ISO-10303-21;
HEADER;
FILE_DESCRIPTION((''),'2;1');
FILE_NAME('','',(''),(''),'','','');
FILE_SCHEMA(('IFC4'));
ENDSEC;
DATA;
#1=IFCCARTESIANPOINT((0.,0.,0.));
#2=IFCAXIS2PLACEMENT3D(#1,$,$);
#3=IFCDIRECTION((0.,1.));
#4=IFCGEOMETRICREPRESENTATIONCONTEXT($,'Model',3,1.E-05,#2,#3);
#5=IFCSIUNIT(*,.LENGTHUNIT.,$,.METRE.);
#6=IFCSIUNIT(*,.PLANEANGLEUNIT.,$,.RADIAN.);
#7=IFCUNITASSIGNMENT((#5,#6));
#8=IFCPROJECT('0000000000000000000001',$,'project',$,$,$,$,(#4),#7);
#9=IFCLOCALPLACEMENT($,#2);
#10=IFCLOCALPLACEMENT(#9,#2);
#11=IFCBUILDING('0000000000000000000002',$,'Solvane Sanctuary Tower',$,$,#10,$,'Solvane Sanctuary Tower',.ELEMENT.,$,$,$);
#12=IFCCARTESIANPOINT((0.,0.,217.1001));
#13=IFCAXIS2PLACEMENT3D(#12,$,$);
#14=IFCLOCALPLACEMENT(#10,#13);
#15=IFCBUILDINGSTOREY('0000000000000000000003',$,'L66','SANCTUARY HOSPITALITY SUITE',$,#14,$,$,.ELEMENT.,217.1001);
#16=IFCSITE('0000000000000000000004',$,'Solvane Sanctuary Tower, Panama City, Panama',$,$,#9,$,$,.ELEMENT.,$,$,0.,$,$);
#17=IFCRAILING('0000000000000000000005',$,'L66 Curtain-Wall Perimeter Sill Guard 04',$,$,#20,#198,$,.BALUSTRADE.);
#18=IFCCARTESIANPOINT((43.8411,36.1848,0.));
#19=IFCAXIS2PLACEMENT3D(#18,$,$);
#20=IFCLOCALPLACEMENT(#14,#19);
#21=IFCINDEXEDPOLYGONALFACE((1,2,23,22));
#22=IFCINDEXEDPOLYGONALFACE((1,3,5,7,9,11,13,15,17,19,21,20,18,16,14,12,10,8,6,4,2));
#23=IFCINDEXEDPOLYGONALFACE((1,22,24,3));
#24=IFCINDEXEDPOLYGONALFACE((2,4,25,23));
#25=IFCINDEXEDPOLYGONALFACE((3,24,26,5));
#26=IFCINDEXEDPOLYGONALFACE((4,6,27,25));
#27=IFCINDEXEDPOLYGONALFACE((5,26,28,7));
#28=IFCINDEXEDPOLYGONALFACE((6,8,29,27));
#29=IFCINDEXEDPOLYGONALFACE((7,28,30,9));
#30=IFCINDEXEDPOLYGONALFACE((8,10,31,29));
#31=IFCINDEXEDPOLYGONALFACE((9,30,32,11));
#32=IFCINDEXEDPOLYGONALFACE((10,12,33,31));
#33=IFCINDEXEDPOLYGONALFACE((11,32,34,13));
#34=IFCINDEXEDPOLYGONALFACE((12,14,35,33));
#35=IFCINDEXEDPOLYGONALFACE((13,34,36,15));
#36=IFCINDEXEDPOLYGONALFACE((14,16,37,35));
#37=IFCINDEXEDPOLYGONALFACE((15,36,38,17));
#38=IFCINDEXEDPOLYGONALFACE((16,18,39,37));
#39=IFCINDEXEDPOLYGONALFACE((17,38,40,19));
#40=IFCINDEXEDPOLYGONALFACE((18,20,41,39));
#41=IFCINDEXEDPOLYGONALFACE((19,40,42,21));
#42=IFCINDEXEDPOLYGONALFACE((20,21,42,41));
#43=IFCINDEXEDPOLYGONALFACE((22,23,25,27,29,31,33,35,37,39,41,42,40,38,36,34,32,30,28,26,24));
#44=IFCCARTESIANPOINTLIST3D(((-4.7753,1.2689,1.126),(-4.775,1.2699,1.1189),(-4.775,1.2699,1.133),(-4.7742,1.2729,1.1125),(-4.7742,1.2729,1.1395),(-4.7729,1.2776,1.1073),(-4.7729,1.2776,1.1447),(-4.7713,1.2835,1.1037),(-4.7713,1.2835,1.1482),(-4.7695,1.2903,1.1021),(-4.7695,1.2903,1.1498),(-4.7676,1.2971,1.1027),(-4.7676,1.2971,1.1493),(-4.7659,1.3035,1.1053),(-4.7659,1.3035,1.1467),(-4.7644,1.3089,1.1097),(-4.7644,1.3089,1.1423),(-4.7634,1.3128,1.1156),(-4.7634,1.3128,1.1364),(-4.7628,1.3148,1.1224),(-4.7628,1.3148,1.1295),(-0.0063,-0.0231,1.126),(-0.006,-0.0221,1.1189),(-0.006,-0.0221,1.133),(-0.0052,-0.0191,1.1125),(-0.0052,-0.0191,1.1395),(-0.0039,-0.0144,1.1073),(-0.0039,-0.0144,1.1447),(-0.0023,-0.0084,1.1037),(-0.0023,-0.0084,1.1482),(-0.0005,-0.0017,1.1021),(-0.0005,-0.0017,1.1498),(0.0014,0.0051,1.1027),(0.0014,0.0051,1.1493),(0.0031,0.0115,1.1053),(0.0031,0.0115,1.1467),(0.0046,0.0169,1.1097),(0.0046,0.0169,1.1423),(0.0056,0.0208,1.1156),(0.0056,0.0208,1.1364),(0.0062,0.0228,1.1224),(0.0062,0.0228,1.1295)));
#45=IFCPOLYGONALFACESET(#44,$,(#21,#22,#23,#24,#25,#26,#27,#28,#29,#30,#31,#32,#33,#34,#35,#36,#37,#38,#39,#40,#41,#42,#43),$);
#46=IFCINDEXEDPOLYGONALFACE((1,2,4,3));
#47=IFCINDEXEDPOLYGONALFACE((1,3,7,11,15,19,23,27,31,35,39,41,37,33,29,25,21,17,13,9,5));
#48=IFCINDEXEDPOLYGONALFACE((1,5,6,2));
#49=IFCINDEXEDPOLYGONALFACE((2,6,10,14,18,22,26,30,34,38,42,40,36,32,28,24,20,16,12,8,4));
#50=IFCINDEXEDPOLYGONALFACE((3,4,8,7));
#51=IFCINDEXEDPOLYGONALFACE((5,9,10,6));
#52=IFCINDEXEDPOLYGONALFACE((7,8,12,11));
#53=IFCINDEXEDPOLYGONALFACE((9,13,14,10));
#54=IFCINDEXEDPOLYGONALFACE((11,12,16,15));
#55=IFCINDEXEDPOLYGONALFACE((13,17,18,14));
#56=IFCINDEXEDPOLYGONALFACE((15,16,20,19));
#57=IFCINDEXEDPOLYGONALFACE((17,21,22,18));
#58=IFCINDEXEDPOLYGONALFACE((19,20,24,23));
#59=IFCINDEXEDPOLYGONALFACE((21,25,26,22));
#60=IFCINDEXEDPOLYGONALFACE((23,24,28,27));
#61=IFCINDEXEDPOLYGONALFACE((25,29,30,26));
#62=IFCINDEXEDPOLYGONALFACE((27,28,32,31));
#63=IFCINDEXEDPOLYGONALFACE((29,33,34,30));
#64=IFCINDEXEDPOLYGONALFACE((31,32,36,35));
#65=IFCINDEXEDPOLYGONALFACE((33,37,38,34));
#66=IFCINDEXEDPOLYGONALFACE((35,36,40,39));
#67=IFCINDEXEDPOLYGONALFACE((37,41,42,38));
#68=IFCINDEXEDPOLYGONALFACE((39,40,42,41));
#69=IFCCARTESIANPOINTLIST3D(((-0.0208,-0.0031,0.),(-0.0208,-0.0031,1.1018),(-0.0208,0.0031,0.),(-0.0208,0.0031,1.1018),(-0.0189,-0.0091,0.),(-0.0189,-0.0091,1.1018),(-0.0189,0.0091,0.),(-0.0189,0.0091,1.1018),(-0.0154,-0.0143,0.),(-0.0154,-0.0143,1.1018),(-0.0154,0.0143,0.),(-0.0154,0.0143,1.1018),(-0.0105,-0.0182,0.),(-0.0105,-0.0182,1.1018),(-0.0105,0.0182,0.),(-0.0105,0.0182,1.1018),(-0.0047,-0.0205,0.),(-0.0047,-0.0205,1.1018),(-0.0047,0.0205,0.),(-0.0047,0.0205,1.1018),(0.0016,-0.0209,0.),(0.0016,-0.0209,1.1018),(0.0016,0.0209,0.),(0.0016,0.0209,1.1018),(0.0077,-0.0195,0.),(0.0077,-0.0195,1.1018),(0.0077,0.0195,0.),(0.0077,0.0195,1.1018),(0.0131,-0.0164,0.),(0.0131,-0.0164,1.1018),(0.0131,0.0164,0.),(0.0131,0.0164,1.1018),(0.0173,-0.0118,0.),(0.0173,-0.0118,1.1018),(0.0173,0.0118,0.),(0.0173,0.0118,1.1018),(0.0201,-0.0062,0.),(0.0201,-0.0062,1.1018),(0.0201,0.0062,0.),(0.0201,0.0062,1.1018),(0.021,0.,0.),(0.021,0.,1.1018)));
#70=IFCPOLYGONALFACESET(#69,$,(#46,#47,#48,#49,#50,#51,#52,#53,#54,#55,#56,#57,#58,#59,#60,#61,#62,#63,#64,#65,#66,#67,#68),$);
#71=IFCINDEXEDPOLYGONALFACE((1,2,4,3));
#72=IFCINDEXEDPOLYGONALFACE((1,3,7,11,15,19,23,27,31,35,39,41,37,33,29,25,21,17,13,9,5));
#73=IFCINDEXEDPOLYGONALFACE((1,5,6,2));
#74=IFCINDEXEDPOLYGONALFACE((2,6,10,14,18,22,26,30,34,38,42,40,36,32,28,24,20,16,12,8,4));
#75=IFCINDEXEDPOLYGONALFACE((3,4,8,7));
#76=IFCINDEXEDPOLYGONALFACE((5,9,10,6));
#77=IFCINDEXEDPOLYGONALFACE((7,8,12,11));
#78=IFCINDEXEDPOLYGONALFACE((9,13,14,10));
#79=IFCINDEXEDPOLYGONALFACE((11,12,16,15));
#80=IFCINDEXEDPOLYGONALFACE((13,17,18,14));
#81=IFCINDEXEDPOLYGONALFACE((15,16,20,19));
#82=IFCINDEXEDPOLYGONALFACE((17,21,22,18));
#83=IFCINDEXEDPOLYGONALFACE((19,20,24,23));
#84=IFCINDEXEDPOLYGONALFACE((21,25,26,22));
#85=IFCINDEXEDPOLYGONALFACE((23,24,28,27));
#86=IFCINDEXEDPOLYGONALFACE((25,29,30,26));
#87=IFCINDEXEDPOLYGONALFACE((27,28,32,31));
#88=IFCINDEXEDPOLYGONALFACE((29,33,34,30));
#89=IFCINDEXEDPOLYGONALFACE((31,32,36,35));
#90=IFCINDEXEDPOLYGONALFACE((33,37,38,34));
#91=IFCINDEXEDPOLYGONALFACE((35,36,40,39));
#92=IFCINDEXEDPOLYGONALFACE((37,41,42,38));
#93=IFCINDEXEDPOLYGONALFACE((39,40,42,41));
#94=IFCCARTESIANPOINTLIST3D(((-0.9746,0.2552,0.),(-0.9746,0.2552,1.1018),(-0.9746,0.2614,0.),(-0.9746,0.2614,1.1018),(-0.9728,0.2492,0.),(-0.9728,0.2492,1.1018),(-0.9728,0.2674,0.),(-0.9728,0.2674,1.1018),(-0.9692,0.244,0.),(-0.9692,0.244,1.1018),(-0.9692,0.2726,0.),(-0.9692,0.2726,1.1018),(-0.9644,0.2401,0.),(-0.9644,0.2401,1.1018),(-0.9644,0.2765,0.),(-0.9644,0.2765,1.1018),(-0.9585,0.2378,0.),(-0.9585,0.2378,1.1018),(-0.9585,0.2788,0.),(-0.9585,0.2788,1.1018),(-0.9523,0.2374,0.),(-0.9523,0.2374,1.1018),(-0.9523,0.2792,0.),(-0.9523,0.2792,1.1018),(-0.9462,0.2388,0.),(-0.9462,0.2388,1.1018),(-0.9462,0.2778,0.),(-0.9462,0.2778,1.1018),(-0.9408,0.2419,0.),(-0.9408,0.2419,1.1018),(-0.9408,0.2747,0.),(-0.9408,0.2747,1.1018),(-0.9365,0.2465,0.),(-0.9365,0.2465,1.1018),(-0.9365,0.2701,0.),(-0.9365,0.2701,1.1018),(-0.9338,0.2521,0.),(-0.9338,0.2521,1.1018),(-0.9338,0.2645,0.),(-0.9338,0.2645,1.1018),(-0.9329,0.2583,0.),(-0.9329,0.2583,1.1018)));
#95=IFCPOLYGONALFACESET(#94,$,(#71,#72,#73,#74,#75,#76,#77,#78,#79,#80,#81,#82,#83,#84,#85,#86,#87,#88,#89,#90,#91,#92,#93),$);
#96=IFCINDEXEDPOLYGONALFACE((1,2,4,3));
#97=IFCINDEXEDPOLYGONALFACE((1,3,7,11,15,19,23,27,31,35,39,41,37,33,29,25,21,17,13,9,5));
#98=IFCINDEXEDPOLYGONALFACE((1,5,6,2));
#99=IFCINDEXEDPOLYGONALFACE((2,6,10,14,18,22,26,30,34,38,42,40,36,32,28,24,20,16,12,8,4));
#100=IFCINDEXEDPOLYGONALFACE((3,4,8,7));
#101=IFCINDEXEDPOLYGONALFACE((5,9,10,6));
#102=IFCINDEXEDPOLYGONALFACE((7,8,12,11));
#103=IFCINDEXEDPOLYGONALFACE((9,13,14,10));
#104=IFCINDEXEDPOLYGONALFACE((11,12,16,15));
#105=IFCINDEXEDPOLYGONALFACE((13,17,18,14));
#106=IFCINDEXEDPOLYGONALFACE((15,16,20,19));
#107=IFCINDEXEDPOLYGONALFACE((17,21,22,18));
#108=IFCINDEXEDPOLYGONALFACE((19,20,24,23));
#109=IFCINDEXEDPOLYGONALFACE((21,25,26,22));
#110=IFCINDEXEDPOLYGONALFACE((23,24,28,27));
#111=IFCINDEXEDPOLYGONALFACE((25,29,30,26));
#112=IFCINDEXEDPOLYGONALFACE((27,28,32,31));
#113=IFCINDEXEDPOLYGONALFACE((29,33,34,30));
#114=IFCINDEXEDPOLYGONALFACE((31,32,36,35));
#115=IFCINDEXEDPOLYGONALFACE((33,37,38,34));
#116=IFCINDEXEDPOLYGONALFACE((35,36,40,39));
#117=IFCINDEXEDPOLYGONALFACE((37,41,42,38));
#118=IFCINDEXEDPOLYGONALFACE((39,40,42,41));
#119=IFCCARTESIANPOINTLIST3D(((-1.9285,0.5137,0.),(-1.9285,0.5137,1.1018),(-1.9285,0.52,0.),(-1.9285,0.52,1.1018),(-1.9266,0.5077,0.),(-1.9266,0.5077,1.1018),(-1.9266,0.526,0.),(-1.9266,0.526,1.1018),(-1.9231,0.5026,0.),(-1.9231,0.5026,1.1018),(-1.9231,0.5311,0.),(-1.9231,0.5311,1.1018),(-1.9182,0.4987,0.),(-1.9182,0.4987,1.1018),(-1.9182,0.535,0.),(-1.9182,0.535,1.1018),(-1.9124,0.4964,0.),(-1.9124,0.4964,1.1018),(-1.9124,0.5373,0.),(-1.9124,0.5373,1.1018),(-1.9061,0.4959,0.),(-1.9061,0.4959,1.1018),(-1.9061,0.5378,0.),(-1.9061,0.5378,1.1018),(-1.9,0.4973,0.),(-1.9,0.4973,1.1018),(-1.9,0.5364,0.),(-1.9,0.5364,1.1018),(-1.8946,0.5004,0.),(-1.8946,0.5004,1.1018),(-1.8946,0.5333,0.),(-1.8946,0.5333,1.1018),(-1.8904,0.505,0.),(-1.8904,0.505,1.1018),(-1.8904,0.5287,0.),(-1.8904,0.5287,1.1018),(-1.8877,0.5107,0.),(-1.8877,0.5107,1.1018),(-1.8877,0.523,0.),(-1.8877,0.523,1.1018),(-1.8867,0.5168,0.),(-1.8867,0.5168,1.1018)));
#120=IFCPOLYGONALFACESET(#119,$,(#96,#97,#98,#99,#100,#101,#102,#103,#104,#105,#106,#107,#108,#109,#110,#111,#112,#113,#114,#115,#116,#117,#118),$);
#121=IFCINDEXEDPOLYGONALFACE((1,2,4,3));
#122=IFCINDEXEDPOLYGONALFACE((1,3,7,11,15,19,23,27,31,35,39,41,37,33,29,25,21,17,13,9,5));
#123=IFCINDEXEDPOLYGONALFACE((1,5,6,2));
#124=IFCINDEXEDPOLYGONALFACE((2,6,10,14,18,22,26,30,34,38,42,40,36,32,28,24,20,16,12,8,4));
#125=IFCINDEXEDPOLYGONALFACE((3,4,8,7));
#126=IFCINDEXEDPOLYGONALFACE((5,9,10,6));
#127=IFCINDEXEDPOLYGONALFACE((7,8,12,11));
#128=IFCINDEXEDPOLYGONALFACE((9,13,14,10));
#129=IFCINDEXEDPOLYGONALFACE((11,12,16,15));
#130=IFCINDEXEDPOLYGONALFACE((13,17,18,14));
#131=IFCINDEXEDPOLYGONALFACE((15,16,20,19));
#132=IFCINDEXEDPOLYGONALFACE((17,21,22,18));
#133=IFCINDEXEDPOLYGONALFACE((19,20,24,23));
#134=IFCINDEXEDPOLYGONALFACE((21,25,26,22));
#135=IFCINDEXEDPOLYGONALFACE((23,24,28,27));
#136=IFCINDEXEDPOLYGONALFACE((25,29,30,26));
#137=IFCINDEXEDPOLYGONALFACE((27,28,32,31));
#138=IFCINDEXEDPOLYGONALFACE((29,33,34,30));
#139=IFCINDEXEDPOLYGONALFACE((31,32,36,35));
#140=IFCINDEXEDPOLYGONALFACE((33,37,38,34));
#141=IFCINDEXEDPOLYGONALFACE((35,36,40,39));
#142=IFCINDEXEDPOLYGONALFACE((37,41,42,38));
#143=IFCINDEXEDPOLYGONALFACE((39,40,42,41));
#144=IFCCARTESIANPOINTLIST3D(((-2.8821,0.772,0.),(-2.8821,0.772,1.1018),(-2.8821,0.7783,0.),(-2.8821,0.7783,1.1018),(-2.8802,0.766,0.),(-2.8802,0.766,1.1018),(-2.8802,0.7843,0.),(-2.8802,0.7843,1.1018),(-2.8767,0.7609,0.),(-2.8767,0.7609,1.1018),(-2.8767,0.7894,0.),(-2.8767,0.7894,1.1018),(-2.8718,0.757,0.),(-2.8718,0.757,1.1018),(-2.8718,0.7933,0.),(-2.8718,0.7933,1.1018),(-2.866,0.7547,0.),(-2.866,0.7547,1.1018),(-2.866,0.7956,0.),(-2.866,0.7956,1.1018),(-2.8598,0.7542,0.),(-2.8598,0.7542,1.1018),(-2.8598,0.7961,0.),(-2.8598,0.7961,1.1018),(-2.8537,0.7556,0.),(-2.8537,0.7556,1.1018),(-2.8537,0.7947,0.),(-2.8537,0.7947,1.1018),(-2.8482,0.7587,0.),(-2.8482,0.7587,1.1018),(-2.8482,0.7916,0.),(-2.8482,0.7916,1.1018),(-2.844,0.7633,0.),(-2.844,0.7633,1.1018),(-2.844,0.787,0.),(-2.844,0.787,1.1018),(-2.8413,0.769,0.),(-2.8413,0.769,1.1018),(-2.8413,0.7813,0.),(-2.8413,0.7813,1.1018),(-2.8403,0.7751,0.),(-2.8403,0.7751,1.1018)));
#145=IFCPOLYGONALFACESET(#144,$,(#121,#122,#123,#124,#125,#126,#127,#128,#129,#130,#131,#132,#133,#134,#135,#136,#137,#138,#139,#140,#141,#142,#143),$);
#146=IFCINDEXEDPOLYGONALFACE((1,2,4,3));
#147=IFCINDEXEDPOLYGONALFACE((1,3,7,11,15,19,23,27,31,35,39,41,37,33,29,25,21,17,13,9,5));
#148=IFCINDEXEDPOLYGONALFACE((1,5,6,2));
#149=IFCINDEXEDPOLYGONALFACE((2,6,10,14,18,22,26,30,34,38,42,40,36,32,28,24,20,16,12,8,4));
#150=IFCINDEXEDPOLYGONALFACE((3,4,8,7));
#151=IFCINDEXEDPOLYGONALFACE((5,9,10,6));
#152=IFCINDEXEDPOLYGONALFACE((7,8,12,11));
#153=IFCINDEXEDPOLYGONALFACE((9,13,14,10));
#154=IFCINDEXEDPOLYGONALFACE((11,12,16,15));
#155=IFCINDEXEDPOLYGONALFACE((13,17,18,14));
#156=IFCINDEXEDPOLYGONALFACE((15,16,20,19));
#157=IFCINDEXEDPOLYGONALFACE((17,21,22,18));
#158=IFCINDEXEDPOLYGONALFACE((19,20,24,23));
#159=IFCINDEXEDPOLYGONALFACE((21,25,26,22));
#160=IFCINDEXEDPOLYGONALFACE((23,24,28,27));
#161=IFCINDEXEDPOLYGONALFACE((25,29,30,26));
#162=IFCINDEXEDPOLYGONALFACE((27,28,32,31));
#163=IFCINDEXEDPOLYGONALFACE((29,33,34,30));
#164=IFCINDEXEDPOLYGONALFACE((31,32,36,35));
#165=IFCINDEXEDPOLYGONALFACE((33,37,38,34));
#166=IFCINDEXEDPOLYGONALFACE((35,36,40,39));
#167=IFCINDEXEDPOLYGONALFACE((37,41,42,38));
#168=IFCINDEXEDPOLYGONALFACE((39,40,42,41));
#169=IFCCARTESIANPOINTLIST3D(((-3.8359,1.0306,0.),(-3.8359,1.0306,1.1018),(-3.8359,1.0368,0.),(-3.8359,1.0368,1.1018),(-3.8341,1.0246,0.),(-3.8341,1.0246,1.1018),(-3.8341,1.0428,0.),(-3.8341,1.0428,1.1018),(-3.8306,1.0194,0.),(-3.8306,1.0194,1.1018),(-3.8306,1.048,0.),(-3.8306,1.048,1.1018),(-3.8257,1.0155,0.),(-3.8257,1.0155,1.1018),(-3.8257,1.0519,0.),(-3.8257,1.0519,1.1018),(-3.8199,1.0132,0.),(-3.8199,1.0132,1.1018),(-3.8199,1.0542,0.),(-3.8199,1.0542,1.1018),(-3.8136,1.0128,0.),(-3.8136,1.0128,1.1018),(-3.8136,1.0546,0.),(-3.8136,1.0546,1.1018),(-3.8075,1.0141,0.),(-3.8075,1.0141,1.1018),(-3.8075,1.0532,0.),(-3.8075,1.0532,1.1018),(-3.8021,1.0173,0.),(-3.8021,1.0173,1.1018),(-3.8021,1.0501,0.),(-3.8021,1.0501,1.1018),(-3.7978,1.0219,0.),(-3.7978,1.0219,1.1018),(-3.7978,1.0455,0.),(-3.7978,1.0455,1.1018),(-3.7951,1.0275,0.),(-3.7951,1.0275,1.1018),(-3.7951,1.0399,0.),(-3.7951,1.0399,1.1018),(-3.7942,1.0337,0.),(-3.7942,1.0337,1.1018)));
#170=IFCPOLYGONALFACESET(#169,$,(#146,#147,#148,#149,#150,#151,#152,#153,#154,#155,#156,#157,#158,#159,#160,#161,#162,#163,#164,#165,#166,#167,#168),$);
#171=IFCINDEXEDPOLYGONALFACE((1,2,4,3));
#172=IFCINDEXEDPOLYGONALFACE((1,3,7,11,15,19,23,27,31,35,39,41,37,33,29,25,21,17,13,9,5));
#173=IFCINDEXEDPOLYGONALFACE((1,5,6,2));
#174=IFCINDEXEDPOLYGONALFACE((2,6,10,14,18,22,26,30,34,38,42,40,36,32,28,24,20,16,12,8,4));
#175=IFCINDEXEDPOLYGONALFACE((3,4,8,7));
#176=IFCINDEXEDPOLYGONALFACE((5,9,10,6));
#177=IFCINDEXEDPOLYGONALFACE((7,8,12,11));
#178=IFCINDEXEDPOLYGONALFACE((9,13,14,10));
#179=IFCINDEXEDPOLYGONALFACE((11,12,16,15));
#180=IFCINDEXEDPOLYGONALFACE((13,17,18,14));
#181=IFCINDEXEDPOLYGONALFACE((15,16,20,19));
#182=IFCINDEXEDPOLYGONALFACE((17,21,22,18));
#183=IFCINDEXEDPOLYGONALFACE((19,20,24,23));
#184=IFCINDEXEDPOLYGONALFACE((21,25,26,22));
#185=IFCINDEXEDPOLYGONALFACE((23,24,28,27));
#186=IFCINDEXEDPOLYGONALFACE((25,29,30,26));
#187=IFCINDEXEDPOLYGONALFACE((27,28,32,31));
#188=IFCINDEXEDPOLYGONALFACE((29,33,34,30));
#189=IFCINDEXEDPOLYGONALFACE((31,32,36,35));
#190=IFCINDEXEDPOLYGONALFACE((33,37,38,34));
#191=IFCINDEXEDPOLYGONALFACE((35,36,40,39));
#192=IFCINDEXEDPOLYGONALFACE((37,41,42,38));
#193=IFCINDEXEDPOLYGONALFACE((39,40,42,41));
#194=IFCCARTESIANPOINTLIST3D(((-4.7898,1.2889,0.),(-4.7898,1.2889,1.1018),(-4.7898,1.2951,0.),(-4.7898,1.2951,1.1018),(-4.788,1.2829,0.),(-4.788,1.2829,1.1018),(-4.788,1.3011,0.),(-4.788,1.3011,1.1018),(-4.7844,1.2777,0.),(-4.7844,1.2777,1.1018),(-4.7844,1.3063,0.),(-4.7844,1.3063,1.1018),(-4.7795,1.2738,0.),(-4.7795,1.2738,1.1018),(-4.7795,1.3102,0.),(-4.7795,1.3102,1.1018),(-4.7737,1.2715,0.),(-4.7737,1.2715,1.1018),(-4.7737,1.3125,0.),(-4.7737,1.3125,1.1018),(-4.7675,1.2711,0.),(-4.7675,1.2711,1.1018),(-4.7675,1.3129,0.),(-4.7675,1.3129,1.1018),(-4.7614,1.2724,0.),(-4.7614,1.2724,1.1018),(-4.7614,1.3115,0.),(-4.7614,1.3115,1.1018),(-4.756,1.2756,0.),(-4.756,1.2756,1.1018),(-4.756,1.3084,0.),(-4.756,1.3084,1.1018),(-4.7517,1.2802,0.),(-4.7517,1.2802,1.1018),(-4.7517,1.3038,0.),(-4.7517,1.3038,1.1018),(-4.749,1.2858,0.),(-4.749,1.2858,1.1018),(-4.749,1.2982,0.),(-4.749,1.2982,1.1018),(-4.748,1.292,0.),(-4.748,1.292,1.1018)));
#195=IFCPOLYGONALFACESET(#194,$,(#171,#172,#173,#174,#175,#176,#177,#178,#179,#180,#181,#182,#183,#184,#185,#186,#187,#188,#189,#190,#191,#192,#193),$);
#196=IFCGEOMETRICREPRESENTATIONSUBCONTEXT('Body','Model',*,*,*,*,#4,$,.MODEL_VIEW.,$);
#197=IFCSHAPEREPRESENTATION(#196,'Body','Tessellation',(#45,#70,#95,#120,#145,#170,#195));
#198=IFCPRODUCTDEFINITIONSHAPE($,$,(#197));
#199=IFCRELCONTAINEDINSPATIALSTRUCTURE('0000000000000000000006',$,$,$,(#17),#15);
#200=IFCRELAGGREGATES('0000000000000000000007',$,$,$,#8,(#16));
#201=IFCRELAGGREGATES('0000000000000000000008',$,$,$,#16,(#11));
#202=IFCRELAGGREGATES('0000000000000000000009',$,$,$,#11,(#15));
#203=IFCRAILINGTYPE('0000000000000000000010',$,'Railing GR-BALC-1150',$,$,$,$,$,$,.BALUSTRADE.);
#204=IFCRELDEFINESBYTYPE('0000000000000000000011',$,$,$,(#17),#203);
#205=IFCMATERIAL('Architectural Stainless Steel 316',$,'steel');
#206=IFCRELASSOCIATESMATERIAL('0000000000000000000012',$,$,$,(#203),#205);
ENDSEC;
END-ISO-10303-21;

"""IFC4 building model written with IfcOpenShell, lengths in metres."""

from ifc_helpers import new_model, si_unit, direction, frame, origin, origin_2d, place, context, subcontext, project, spatial, circle, extrude, material, type_object, element, save


model = new_model("IFC4")

# Units and contexts
model_context = context("Model", 3, precision=1e-05, world=origin(), true_north=direction((0.0, 1.0)))
body_context = subcontext(model_context, "Body", "Model", "MODEL_VIEW")
ifc_project = project(units=[si_unit("LENGTHUNIT", "METRE"), si_unit("PLANEANGLEUNIT", "RADIAN")], contexts=[model_context])

# Site, building, storey
site_placement = place(None, origin())
site = spatial("IfcSite", under=ifc_project, at=site_placement, Name="Solvane Sanctuary Tower, Panama City, Panama", CompositionType="ELEMENT", RefElevation=0.0)
building_placement = place(site_placement, origin())
building = spatial("IfcBuilding", under=site, at=building_placement, Name="Solvane Sanctuary Tower", LongName="Solvane Sanctuary Tower", CompositionType="ELEMENT")
storey_placement = place(building_placement, frame((0.0, 0.0, 217.1001)))
storey = spatial("IfcBuildingStorey", under=building, at=storey_placement, Name="L66", Description="SANCTUARY HOSPITALITY SUITE", CompositionType="ELEMENT", Elevation=217.1001)

# Shared definitions
ifc_material_1 = material(Name="Architectural Stainless Steel 316", Category="steel")

# Railing
railing_type = type_object("IfcRailingType", Name="Railing GR-BALC-1150", PredefinedType="BALUSTRADE", material=ifc_material_1)
railing_placement = place(storey_placement, frame((43.8411, 36.1848, 0.0)))
element("IfcRailing", 1, at=railing_placement, inside=storey, type_object=railing_type, Name="L66 Curtain-Wall Perimeter Sill Guard 04", PredefinedType="BALUSTRADE", context=body_context, shape_type="SweptSolid", body=[
    extrude(circle(Radius=0.0239, at=origin_2d()), frame((0.0, 0.0, 1.126), z_axis=(-0.965207, 0.261486, 0.0), x_axis=(-0.261486, -0.965207, 0.0)), (0.0, 0.0, 1.0), 4.9409),
    extrude(circle(Radius=0.021, at=origin_2d()), origin(), (0.0, 0.0, 1.0), 1.1018),
    extrude(circle(Radius=0.021, at=origin_2d()), frame((-0.9539, 0.2583, 0.0)), (0.0, 0.0, 1.0), 1.1018),
    extrude(circle(Radius=0.021, at=origin_2d()), frame((-1.9077, 0.5168, 0.0)), (0.0, 0.0, 1.0), 1.1018),
    extrude(circle(Radius=0.021, at=origin_2d()), frame((-2.8613, 0.7751, 0.0)), (0.0, 0.0, 1.0), 1.1018),
    extrude(circle(Radius=0.021, at=origin_2d()), frame((-3.8152, 1.0337, 0.0)), (0.0, 0.0, 1.0), 1.1018),
    extrude(circle(Radius=0.021, at=origin_2d()), frame((-4.769, 1.292, 0.0)), (0.0, 0.0, 1.0), 1.1018),
])

save(model, "model.ifc")
